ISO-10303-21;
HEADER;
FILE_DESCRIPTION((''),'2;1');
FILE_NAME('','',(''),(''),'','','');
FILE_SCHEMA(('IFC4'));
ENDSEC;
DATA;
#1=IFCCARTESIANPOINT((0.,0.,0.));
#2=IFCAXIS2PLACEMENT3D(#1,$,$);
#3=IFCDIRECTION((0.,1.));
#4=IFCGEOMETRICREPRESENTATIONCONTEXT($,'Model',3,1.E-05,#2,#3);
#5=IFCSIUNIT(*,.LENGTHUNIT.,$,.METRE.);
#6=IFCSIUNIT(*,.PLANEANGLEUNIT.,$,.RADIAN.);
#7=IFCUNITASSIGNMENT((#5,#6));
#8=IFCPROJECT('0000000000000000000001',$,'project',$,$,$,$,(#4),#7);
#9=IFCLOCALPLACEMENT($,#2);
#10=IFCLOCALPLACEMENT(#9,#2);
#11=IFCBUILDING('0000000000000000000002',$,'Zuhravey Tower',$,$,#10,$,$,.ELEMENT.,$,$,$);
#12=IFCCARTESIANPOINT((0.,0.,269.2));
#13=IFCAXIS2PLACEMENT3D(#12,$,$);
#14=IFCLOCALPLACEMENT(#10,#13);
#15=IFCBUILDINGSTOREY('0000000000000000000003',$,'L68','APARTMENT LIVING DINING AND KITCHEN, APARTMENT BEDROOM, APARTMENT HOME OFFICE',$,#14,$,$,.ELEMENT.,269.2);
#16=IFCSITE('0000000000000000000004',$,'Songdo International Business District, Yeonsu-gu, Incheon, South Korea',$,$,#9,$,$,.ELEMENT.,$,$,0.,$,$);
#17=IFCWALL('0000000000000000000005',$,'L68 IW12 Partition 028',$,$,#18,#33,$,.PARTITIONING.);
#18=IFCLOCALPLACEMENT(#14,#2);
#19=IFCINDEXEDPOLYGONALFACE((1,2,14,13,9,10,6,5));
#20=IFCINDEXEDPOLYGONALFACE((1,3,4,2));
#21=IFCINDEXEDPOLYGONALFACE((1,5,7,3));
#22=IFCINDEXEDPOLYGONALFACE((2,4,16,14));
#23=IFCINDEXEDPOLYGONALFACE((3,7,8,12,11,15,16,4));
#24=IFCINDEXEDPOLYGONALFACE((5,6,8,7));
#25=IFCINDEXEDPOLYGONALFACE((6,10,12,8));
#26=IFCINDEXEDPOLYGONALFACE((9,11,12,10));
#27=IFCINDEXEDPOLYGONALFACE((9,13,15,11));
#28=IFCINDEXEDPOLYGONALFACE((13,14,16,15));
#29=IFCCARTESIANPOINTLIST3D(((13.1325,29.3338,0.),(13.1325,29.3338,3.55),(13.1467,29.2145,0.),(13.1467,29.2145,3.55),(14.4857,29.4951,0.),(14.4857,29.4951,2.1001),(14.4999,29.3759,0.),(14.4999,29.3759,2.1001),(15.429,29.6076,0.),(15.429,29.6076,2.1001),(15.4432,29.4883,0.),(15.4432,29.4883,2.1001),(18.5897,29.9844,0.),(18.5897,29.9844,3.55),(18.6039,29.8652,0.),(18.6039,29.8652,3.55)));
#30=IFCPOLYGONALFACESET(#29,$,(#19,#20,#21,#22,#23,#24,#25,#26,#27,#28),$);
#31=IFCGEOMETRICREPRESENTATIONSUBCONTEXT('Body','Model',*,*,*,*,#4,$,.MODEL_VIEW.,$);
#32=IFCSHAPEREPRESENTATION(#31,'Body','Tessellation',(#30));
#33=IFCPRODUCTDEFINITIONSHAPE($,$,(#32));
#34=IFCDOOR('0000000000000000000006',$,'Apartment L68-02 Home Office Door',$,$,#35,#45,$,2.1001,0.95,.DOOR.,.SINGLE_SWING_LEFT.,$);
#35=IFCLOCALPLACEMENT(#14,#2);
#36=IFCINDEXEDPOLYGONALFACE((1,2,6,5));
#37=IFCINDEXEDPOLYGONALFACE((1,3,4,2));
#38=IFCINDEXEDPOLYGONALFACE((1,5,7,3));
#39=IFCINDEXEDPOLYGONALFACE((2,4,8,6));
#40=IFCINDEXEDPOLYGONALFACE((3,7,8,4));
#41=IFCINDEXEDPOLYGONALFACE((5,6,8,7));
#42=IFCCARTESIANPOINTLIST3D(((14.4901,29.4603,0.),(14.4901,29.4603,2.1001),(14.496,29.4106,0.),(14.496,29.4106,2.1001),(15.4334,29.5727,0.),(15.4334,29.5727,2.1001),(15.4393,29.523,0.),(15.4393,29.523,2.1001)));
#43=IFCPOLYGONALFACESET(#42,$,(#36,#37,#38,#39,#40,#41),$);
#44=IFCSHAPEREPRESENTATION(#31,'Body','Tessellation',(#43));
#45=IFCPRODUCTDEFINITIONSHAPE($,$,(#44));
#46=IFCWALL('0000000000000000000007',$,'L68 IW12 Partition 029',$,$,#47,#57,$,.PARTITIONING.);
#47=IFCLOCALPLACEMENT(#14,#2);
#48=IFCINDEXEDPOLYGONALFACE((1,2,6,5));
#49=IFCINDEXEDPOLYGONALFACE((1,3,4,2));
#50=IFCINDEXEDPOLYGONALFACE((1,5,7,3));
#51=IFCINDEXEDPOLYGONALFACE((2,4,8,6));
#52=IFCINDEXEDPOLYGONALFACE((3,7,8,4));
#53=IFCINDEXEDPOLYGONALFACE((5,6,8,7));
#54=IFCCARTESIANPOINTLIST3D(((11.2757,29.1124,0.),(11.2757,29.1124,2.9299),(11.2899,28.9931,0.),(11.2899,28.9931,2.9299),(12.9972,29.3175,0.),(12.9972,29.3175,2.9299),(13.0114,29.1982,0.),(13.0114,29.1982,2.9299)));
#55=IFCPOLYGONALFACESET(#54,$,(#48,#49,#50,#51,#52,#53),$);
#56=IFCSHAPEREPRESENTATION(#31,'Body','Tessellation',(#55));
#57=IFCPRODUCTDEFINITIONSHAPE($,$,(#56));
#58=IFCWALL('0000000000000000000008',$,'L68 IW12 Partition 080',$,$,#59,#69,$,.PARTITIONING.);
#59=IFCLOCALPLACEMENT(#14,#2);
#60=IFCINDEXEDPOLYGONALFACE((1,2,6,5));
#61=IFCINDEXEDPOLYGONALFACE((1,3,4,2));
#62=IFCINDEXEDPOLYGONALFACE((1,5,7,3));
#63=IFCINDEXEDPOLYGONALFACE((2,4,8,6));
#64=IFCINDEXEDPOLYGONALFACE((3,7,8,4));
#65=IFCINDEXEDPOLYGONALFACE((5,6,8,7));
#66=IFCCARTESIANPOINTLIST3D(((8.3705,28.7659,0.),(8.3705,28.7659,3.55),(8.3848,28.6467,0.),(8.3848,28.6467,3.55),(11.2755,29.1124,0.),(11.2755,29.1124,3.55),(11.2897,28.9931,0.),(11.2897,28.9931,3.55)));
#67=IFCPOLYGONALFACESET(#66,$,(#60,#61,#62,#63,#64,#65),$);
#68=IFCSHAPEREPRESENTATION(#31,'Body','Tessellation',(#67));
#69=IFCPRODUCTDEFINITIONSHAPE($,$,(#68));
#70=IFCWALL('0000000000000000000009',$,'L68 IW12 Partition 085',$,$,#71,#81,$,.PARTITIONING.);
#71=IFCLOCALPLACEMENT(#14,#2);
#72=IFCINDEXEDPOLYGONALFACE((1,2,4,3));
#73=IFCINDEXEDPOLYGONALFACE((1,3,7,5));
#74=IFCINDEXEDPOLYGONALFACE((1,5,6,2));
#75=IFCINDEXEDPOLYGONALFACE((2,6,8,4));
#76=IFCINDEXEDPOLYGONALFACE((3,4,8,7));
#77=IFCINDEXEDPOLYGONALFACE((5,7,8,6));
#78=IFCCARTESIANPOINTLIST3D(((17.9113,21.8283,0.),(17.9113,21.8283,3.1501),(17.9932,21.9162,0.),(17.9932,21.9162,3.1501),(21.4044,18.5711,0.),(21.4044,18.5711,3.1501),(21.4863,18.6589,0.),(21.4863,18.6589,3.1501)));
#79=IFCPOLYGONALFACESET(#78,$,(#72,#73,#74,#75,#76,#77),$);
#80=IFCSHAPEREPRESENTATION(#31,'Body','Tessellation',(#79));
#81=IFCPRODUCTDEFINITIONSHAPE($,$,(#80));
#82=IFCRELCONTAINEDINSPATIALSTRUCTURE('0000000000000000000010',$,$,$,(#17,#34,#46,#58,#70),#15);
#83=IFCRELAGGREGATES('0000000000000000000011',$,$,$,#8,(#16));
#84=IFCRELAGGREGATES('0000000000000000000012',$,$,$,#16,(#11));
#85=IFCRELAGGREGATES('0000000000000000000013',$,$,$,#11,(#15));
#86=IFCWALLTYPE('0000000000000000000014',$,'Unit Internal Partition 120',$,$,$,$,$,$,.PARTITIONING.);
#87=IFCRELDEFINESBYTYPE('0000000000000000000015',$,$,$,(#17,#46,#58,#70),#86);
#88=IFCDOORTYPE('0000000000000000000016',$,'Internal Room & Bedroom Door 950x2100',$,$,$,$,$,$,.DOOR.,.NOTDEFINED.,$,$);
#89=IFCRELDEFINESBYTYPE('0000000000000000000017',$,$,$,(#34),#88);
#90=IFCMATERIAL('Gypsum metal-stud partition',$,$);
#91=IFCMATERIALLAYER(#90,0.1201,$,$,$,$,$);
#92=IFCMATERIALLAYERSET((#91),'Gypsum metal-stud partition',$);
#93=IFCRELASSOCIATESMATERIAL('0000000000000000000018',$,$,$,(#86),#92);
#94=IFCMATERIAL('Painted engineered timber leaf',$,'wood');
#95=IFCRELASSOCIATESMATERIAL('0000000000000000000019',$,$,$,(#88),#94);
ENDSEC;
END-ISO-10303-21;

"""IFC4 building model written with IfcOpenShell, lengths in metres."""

from ifc_helpers import new_model, si_unit, direction, frame, frame_2d, origin, place, context, subcontext, project, spatial, rectangle, extrude, material, layer, layer_set, type_object, element, fill, save


model = new_model("IFC4")

# Units and contexts
model_context = context("Model", 3, precision=1e-05, world=origin(), true_north=direction((0.0, 1.0)))
body_context = subcontext(model_context, "Body", "Model", "MODEL_VIEW")
ifc_project = project(units=[si_unit("LENGTHUNIT", "METRE"), si_unit("PLANEANGLEUNIT", "RADIAN")], contexts=[model_context])

# Site, building, storey
site_placement = place(None, origin())
site = spatial("IfcSite", under=ifc_project, at=site_placement, Name="Songdo International Business District, Yeonsu-gu, Incheon, South Korea", CompositionType="ELEMENT", RefElevation=0.0)
building_placement = place(site_placement, origin())
building = spatial("IfcBuilding", under=site, at=building_placement, Name="Zuhravey Tower", CompositionType="ELEMENT")
storey_placement = place(building_placement, frame((0.0, 0.0, 269.2)))
storey = spatial("IfcBuildingStorey", under=building, at=storey_placement, Name="L68", Description="APARTMENT LIVING DINING AND KITCHEN, APARTMENT BEDROOM, APARTMENT HOME OFFICE", CompositionType="ELEMENT", Elevation=269.2)

# Wall, opening, door
ifc_material_1 = material(Name="Gypsum metal-stud partition")
ifc_layer_1 = layer(ifc_material_1, 0.1201)
ifc_layer_set_1 = layer_set([ifc_layer_1], Name="Gypsum metal-stud partition")
wall_type_1 = type_object("IfcWallType", Name="Unit Internal Partition 120", PredefinedType="PARTITIONING", material=ifc_layer_set_1)
ifc_material_2 = material(Name="Painted engineered timber leaf", Category="wood")
door_type_1 = type_object("IfcDoorType", Name="Internal Room & Bedroom Door 950x2100", OperationType="NOTDEFINED", PredefinedType="DOOR", material=ifc_material_2)
wall_1_placement = place(storey_placement, frame((18.5969, 29.9248, 0.0), z_axis=(0.0, 0.0, 1.0), x_axis=(-0.992968, -0.118385, 0.0)))
wall_1 = element("IfcWall", 1, at=wall_1_placement, inside=storey, type_object=wall_type_1, Name="L68 IW12 Partition 028", PredefinedType="PARTITIONING", context=body_context, shape_type="SweptSolid", body=[
    extrude(rectangle(XDim=5.4958, YDim=0.1201, at=frame_2d((2.748, 0.0))), origin(), (0.0, 0.0, 1.0), 3.55),
])
opening_1_placement = place(wall_1_placement, frame((3.1831, 0.0, 0.0)))
opening_1 = element("IfcOpeningElement", 2, at=opening_1_placement, cuts=wall_1, PredefinedType="OPENING", context=body_context, shape_type="SweptSolid", body=[
    extrude(rectangle(XDim=0.95, YDim=2.1001, at=frame_2d((0.4751, 1.05))), frame((0.0, 0.072, 0.0), z_axis=(0.0, -1.0, 0.0), x_axis=(1.0, 0.0, 0.0)), (0.0, 0.0, 1.0), 0.144),
])
door_1_placement = place(opening_1_placement, frame((0.95, 0.0, 0.0), z_axis=(0.0, 0.0, 1.0), x_axis=(-1.0, 0.0, 0.0)))
door_1 = element("IfcDoor", 3, at=door_1_placement, inside=storey, type_object=door_type_1, Name="Apartment L68-02 Home Office Door", OperationType="SINGLE_SWING_LEFT", OverallHeight=2.1001, OverallWidth=0.95, PredefinedType="DOOR", context=body_context, shape_type="SweptSolid", body=[
    extrude(rectangle(XDim=0.95, YDim=2.1001, at=frame_2d((0.4751, 1.05))), frame((0.0, 0.0249, 0.0), z_axis=(0.0, -1.0, 0.0), x_axis=(1.0, 0.0, 0.0)), (0.0, 0.0, 1.0), 0.05),
])
fill(opening_1, door_1)

# Walls
wall_2_placement = place(storey_placement, frame((13.0042, 29.2578, 0.0), z_axis=(0.0, 0.0, 1.0), x_axis=(-0.992978, -0.118296, 0.0)))
element("IfcWall", 4, at=wall_2_placement, inside=storey, type_object=wall_type_1, Name="L68 IW12 Partition 029", PredefinedType="PARTITIONING", context=body_context, shape_type="SweptSolid", body=[
    extrude(rectangle(XDim=1.7336, YDim=0.1201, at=frame_2d((0.8667, 0.0))), origin(), (0.0, 0.0, 1.0), 2.9299),
])
wall_3_placement = place(storey_placement, frame((11.2827, 29.0527, 0.0), z_axis=(0.0, 0.0, 1.0), x_axis=(-0.992964, -0.118415, 0.0)))
element("IfcWall", 5, at=wall_3_placement, inside=storey, type_object=wall_type_1, Name="L68 IW12 Partition 080", PredefinedType="PARTITIONING", context=body_context, shape_type="SweptSolid", body=[
    extrude(rectangle(XDim=2.9255, YDim=0.1201, at=frame_2d((1.4629, 0.0))), origin(), (0.0, 0.0, 1.0), 3.55),
])
wall_4_placement = place(storey_placement, frame((17.9521, 21.8723, 0.0), z_axis=(0.0, 0.0, 1.0), x_axis=(0.731365, -0.681987, 0.0)))
element("IfcWall", 6, at=wall_4_placement, inside=storey, type_object=wall_type_1, Name="L68 IW12 Partition 085", PredefinedType="PARTITIONING", context=body_context, shape_type="SweptSolid", body=[
    extrude(rectangle(XDim=4.7761, YDim=0.1201, at=frame_2d((2.3882, 0.0))), origin(), (0.0, 0.0, 1.0), 3.1501),
])

save(model, "model.ifc")
